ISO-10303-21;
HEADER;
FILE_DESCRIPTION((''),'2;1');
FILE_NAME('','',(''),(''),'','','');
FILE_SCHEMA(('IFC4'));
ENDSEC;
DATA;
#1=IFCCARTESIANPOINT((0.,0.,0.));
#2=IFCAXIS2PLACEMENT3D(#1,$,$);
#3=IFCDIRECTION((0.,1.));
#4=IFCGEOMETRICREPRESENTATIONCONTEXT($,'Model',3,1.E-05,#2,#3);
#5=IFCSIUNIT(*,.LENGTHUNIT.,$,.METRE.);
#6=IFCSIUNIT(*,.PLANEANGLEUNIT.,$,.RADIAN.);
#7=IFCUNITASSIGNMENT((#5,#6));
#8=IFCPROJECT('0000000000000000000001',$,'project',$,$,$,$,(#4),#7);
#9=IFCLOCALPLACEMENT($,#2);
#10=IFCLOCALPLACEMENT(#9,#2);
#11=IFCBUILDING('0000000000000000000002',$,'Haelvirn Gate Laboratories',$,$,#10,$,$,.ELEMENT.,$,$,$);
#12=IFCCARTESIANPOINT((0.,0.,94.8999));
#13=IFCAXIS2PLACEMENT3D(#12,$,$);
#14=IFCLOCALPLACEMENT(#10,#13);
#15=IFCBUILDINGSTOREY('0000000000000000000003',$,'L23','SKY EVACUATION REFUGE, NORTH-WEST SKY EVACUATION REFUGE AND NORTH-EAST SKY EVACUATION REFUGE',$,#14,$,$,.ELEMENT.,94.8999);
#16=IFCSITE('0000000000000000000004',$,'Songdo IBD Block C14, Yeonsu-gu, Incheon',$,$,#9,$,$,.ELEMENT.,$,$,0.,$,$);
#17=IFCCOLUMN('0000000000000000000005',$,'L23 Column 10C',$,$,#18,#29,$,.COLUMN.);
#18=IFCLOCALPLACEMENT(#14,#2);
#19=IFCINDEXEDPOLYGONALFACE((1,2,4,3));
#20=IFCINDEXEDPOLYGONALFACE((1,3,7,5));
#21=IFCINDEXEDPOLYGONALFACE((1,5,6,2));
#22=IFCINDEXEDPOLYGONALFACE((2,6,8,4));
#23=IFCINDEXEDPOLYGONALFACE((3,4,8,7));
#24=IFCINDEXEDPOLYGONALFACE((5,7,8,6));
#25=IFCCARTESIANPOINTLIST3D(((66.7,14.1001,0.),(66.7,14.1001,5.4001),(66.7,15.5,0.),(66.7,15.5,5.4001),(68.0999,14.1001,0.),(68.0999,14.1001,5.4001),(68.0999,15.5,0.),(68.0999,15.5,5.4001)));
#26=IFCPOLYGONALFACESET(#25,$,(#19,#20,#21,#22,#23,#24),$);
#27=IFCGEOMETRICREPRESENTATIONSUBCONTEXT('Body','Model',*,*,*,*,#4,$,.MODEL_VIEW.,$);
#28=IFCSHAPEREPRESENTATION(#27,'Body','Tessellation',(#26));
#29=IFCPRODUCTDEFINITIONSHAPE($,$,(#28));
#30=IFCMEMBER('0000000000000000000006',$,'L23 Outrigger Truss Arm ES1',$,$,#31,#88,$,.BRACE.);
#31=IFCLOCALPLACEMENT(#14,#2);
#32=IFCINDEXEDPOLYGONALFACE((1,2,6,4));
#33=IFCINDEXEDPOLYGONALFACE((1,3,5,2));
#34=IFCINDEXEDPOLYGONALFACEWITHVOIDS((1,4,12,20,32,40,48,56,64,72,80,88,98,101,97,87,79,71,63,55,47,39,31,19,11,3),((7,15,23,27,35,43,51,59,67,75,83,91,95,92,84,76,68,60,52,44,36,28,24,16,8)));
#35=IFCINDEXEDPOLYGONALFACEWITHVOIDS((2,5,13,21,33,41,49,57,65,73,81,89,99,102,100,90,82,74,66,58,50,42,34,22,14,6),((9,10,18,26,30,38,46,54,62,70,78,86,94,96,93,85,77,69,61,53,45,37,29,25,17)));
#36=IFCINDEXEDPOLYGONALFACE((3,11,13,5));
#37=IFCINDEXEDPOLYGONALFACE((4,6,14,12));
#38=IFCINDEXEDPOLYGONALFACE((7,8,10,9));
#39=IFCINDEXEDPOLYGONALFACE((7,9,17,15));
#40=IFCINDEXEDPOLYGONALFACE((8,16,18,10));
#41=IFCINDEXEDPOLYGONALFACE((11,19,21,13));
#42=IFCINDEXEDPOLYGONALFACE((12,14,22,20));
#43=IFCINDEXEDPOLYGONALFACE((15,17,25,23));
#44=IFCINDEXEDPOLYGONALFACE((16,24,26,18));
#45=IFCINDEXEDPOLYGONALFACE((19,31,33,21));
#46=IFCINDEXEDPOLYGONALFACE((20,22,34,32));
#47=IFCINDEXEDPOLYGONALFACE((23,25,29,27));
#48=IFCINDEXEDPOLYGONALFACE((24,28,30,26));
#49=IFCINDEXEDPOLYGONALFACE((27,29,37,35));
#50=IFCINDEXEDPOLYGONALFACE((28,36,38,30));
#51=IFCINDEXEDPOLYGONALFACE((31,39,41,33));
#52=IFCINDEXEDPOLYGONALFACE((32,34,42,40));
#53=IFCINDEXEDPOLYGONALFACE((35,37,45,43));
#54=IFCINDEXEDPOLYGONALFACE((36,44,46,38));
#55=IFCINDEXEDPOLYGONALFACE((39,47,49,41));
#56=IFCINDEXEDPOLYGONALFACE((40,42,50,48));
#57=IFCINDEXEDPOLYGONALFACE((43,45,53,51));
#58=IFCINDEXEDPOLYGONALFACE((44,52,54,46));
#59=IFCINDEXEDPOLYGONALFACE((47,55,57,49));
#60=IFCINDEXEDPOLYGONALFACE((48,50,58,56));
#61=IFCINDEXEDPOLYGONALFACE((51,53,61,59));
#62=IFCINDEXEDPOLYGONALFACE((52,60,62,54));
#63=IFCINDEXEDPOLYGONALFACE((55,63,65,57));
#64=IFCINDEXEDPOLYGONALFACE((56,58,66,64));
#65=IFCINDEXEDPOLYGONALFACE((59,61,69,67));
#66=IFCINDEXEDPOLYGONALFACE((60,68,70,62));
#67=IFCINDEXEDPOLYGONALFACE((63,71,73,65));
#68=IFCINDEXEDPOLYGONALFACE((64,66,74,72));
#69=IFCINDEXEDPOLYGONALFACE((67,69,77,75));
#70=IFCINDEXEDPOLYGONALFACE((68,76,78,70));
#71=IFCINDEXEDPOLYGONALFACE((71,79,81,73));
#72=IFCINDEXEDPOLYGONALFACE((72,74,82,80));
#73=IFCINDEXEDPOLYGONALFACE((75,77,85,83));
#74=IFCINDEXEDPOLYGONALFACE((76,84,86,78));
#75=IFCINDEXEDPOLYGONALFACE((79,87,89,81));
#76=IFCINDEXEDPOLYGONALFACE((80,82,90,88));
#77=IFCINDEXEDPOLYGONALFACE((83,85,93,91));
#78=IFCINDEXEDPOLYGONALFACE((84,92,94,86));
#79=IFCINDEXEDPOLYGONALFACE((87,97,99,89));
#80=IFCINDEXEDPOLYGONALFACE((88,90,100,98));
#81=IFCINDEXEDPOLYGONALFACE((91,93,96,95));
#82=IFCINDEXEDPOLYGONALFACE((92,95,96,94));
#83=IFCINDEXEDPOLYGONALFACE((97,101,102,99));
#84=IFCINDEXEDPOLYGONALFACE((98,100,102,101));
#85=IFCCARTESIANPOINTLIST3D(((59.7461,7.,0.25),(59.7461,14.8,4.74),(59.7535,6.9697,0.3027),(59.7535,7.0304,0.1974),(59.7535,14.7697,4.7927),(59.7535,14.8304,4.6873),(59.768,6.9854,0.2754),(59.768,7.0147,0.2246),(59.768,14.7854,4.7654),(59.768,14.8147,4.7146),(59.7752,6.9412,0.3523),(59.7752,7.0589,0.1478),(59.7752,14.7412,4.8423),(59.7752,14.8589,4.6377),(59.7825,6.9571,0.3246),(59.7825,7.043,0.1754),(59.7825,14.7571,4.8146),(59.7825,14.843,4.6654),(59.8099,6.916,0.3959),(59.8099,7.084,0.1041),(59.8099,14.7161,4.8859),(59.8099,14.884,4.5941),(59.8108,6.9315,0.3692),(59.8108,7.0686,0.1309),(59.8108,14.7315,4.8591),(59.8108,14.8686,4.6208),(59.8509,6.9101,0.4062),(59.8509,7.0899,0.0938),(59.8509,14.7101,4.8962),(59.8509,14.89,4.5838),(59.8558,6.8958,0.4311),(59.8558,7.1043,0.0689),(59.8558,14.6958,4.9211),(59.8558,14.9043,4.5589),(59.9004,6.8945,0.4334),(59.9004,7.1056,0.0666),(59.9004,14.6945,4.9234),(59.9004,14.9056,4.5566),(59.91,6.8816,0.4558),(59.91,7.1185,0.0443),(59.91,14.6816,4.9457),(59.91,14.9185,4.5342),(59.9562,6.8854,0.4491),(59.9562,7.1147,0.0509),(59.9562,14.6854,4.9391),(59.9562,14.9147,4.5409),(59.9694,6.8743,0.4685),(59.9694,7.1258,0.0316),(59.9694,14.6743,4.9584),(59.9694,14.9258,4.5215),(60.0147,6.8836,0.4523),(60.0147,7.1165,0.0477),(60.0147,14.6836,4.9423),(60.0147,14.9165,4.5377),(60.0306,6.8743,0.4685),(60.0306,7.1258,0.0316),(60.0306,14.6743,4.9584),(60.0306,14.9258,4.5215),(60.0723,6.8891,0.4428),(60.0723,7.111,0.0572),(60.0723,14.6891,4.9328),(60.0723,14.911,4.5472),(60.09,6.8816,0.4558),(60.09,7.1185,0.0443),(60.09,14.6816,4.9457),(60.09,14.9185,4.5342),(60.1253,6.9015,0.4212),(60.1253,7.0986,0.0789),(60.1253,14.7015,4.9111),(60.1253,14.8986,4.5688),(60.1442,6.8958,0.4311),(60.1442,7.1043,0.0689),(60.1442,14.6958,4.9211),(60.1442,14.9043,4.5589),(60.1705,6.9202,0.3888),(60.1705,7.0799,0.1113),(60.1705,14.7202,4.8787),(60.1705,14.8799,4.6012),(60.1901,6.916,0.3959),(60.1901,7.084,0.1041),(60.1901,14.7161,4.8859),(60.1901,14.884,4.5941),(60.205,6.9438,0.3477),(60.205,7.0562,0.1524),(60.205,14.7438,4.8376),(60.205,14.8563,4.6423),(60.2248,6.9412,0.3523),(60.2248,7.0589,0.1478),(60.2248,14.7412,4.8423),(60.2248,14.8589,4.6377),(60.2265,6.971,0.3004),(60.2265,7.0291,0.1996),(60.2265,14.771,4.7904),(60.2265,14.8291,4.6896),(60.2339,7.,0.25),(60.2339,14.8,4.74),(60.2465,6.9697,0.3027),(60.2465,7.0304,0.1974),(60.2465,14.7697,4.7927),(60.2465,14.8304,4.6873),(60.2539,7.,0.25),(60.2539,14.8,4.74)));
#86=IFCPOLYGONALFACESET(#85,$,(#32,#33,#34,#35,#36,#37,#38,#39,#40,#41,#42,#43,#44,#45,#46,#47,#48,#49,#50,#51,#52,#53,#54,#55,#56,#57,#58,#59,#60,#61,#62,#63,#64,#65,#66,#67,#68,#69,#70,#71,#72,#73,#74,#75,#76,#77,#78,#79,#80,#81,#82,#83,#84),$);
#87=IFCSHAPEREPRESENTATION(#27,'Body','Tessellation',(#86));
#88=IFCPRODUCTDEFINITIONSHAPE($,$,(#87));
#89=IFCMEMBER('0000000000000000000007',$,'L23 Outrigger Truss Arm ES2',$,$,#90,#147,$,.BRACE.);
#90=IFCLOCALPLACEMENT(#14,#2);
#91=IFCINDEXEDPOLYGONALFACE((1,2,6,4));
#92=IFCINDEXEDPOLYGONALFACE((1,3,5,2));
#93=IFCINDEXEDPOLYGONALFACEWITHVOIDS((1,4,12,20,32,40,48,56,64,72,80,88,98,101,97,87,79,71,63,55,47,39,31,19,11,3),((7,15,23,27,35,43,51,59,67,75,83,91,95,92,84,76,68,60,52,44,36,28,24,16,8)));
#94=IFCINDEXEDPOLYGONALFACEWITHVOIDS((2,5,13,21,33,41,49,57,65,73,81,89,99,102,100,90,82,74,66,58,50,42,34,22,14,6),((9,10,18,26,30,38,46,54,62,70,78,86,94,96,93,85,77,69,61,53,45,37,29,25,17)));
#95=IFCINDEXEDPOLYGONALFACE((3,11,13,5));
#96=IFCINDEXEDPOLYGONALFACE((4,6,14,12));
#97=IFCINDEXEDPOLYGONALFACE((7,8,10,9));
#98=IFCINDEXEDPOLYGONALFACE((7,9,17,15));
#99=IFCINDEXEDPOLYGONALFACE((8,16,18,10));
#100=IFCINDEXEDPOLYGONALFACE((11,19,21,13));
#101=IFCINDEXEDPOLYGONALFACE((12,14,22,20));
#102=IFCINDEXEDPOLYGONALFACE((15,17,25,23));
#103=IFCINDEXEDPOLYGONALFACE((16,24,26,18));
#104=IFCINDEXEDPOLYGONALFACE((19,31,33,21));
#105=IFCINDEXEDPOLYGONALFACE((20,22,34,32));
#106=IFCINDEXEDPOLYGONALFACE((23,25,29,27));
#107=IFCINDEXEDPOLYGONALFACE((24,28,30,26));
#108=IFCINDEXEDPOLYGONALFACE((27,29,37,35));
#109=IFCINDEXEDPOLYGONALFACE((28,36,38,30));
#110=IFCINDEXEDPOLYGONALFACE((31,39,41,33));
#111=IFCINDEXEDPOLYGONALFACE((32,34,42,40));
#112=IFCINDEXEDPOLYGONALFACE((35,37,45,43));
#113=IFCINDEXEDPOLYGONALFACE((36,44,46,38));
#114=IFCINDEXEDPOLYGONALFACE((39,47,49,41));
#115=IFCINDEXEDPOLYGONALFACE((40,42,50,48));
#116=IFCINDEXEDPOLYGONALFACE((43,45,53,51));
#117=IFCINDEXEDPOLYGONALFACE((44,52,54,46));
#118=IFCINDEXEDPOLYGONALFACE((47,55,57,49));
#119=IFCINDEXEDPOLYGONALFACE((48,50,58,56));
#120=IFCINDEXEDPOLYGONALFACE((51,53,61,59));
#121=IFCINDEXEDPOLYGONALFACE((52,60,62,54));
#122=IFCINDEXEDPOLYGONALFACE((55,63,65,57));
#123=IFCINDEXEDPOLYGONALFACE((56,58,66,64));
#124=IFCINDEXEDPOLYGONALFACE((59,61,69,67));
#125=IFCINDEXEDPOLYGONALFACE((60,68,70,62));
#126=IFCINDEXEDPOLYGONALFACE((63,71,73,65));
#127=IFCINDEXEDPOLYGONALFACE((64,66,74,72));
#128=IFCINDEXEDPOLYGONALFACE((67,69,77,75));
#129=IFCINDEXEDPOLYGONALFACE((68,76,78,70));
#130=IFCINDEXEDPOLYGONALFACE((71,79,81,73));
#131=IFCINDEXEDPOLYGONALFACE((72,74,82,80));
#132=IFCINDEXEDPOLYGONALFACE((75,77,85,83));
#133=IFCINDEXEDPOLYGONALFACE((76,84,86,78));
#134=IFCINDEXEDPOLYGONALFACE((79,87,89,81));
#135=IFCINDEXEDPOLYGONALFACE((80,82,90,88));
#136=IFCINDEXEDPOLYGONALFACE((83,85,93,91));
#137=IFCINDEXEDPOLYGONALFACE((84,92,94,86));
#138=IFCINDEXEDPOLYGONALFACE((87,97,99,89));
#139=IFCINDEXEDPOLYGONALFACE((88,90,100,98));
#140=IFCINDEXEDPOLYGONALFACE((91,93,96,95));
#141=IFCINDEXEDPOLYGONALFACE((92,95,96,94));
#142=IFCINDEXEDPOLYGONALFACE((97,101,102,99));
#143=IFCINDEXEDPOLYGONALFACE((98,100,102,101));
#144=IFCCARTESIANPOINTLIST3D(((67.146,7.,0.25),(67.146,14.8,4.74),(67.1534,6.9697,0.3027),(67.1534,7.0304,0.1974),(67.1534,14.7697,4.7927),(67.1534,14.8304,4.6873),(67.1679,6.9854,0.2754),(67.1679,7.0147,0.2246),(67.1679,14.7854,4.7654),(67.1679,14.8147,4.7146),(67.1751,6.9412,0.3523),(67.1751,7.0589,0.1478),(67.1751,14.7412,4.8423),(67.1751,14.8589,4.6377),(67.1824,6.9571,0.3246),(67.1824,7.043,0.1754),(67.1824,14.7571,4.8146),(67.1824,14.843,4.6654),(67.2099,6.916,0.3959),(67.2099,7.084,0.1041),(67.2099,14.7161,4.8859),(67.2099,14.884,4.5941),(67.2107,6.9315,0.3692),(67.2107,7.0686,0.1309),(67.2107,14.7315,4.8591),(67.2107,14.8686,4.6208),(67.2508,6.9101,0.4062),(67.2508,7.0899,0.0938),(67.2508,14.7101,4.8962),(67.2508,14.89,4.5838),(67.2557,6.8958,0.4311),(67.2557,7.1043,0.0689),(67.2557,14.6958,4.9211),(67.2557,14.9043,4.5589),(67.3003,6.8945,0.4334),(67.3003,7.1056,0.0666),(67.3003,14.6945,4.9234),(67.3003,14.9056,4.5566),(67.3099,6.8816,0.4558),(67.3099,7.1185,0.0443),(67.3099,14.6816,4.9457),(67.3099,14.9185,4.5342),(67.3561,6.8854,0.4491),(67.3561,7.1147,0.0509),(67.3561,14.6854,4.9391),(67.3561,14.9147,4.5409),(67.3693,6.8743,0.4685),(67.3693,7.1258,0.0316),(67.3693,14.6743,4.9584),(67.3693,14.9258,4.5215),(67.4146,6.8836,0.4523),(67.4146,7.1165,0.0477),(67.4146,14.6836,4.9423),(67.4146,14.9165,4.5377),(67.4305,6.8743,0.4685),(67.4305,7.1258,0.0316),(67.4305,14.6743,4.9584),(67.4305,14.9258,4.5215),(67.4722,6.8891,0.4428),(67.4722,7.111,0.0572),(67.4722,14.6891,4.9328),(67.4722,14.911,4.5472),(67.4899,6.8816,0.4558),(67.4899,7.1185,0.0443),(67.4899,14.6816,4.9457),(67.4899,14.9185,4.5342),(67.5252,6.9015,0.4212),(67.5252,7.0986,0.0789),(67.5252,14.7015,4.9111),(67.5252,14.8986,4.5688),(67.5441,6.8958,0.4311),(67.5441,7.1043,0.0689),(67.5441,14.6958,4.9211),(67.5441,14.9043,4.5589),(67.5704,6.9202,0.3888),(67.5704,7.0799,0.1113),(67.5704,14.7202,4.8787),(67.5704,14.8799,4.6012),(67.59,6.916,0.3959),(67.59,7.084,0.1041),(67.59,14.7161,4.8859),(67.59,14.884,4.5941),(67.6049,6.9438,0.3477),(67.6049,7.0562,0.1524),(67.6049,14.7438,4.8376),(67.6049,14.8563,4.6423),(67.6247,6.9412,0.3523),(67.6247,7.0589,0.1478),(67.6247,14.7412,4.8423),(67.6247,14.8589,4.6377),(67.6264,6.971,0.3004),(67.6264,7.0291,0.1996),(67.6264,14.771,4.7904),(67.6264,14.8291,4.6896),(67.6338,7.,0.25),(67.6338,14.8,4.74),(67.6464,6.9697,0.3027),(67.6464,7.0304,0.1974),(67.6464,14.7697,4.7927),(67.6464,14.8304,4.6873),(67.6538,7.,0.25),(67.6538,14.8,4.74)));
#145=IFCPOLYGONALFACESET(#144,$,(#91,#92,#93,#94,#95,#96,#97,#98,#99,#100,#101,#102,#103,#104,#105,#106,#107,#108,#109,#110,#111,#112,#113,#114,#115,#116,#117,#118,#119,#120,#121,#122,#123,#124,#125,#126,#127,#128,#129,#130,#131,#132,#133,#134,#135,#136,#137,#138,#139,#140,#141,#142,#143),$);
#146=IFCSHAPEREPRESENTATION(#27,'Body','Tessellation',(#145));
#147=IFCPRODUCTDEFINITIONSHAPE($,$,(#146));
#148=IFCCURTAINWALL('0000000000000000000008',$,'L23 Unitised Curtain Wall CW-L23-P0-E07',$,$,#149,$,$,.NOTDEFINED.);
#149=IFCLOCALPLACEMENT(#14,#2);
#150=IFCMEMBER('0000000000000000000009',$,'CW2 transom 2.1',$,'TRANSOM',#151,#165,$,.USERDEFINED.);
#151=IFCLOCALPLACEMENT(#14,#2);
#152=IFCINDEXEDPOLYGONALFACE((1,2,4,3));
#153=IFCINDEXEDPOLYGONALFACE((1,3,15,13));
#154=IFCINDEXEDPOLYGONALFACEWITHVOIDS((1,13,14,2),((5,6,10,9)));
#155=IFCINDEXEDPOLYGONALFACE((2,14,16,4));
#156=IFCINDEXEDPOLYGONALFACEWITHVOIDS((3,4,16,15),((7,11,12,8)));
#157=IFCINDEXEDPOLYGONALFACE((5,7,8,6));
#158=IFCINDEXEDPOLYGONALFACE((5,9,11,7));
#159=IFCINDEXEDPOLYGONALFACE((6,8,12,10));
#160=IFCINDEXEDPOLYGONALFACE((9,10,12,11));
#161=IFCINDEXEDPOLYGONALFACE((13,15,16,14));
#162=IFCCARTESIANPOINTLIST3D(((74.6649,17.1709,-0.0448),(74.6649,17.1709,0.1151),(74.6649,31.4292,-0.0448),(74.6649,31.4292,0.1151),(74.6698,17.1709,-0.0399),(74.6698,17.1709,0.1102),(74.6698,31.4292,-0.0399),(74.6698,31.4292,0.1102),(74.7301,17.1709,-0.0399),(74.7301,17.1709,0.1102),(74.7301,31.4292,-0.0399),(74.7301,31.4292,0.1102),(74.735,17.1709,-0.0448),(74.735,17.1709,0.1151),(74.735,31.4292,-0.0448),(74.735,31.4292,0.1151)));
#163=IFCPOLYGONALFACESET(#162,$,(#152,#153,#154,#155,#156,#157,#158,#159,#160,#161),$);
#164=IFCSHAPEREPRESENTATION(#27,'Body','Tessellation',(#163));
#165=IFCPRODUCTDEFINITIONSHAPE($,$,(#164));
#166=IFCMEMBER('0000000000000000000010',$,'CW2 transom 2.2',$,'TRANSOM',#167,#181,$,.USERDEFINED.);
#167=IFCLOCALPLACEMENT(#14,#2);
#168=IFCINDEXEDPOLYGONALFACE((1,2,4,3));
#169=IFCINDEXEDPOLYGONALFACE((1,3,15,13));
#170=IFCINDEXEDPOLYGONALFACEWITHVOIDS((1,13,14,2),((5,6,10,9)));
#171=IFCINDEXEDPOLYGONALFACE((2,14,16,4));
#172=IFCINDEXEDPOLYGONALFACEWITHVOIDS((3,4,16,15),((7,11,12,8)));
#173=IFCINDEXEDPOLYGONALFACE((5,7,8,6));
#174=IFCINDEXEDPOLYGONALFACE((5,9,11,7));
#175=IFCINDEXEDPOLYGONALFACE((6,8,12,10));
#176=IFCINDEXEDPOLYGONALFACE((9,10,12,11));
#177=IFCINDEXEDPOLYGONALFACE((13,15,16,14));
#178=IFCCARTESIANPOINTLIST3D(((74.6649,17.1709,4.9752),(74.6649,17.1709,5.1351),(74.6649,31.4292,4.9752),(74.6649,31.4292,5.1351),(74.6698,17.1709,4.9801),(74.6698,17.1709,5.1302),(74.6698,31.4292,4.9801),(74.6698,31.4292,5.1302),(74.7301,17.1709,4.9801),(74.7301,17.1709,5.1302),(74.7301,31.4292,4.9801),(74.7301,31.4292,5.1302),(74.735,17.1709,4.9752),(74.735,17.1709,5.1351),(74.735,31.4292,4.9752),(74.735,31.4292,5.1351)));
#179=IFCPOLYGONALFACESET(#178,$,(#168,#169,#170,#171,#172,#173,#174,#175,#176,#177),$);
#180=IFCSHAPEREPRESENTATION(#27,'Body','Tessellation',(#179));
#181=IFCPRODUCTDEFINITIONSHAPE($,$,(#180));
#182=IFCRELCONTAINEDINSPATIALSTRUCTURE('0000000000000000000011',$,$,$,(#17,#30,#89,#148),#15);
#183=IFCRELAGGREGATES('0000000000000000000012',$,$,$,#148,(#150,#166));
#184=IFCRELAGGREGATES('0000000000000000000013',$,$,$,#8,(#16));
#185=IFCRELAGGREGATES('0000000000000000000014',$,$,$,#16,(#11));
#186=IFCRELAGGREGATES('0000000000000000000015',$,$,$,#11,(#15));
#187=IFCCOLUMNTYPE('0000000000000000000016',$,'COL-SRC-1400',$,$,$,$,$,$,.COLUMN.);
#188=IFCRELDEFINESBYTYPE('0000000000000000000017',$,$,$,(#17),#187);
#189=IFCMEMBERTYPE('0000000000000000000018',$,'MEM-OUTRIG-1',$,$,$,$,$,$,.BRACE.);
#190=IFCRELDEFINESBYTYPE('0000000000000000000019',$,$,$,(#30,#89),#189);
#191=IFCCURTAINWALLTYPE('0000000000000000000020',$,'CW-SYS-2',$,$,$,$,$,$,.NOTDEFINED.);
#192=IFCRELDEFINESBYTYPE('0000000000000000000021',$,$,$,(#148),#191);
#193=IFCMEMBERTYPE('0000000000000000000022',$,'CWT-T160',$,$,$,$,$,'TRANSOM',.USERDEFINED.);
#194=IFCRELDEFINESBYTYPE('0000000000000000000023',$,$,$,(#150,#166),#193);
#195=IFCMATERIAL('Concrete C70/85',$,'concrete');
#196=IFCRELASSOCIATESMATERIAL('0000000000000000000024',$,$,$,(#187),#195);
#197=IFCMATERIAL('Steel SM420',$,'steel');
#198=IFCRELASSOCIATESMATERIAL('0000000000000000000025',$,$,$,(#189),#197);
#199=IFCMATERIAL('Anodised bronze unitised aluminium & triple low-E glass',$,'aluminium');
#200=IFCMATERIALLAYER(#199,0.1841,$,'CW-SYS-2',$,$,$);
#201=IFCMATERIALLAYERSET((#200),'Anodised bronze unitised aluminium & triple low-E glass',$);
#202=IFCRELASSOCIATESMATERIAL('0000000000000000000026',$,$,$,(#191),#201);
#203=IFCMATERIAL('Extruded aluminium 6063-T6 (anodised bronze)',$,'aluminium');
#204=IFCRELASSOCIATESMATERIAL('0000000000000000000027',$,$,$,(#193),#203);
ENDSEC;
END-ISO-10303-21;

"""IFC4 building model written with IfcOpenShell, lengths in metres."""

from ifc_helpers import new_model, si_unit, direction, frame, origin, origin_2d, place, context, subcontext, project, spatial, rectangle, hollow_rectangle, hollow_circle, extrude, source, transform, mapped, material, layer, layer_set, material_profile, profile_set, type_object, type_shapes, element, aggregate, save


model = new_model("IFC4")

# Units and contexts
model_context = context("Model", 3, precision=1e-05, world=origin(), true_north=direction((0.0, 1.0)))
body_context = subcontext(model_context, "Body", "Model", "MODEL_VIEW")
ifc_project = project(units=[si_unit("LENGTHUNIT", "METRE"), si_unit("PLANEANGLEUNIT", "RADIAN")], contexts=[model_context])

# Site, building, storey
site_placement = place(None, origin())
site = spatial("IfcSite", under=ifc_project, at=site_placement, Name="Songdo IBD Block C14, Yeonsu-gu, Incheon", CompositionType="ELEMENT", RefElevation=0.0)
building_placement = place(site_placement, origin())
building = spatial("IfcBuilding", under=site, at=building_placement, Name="Haelvirn Gate Laboratories", CompositionType="ELEMENT")
storey_placement = place(building_placement, frame((0.0, 0.0, 94.8999)))
storey = spatial("IfcBuildingStorey", under=building, at=storey_placement, Name="L23", Description="SKY EVACUATION REFUGE, NORTH-WEST SKY EVACUATION REFUGE AND NORTH-EAST SKY EVACUATION REFUGE", CompositionType="ELEMENT", Elevation=94.8999)

# Column
ifc_material_1 = material(Name="Concrete C70/85", Category="concrete")
ifc_material_profile_1 = material_profile(ifc_material_1, rectangle(XDim=1.3999, YDim=1.3999, at=origin_2d()), Name="SRC-1400x1400")
ifc_profile_set_1 = profile_set([ifc_material_profile_1], Name="Concrete C70/85")
column_type = type_object("IfcColumnType", Name="COL-SRC-1400", PredefinedType="COLUMN", material=ifc_profile_set_1)
shared_shape_1 = source(origin(), body_context, "Body", "SweptSolid", [
    extrude(rectangle(XDim=1.3999, YDim=1.3999, at=origin_2d()), origin(), (0.0, 0.0, 1.0), 5.4001),
])
type_shapes(column_type, [shared_shape_1])
column_placement = place(storey_placement, frame((67.3999, 14.8, 0.0), z_axis=(0.0, 0.0, 1.0), x_axis=(1.0, 0.0, 0.0)))
element("IfcColumn", 1, at=column_placement, inside=storey, type_object=column_type, Name="L23 Column 10C", PredefinedType="COLUMN", context=body_context, shape_type="MappedRepresentation", body=[
    mapped(shared_shape_1, transform((0.0, 0.0, 0.0), scale=1.0)),
])

# Members
ifc_material_2 = material(Name="Steel SM420", Category="steel")
ifc_material_profile_2 = material_profile(ifc_material_2, hollow_circle(Radius=0.2539, WallThickness=0.02, at=origin_2d()), Name="CHS-508x20")
ifc_profile_set_2 = profile_set([ifc_material_profile_2], Name="Steel SM420")
member_type_1 = type_object("IfcMemberType", Name="MEM-OUTRIG-1", PredefinedType="BRACE", material=ifc_profile_set_2)
shared_shape_2 = source(origin(), body_context, "Body", "SweptSolid", [
    extrude(hollow_circle(Radius=0.2539, WallThickness=0.02, at=origin_2d()), origin(), (0.0, 0.0, 1.0), 9.0),
])
type_shapes(member_type_1, [shared_shape_2])
for number, where, z_axis, x_axis, name in (
    (2, (60.0, 14.8, 4.74), (0.0, -0.866668, -0.498885), (1.0, 0.0, 0.0), "L23 Outrigger Truss Arm ES1"),
    (3, (67.3999, 14.8, 4.74), (0.0, -0.866668, -0.498885), (1.0, 0.0, 0.0), "L23 Outrigger Truss Arm ES2"),
):
    element("IfcMember", number, at=place(storey_placement, frame(where, z_axis=z_axis, x_axis=x_axis)), inside=storey, type_object=member_type_1, Name=name, PredefinedType="BRACE", context=body_context, shape_type="MappedRepresentation", body=[
        mapped(shared_shape_2, transform((0.0, 0.0, 0.0), scale=1.0)),
    ])

# Curtain wall, members
ifc_material_3 = material(Name="Anodised bronze unitised aluminium & triple low-E glass", Category="aluminium")
ifc_layer_1 = layer(ifc_material_3, 0.1841, Name="CW-SYS-2")
ifc_layer_set_1 = layer_set([ifc_layer_1], Name="Anodised bronze unitised aluminium & triple low-E glass")
curtain_wall_type = type_object("IfcCurtainWallType", Name="CW-SYS-2", PredefinedType="NOTDEFINED", material=ifc_layer_set_1)
curtain_wall_placement = place(storey_placement, origin())
curtain_wall = element("IfcCurtainWall", 4, at=curtain_wall_placement, inside=storey, type_object=curtain_wall_type, Name="L23 Unitised Curtain Wall CW-L23-P0-E07", PredefinedType="NOTDEFINED")
ifc_material_4 = material(Name="Extruded aluminium 6063-T6 (anodised bronze)", Category="aluminium")
ifc_material_profile_3 = material_profile(ifc_material_4, hollow_rectangle(XDim=0.0701, YDim=0.1599, WallThickness=0.0049, at=origin_2d()), Name="CWT-160x70x5")
ifc_profile_set_3 = profile_set([ifc_material_profile_3], Name="Extruded aluminium 6063-T6 (anodised bronze)")
member_type_2 = type_object("IfcMemberType", Name="CWT-T160", ElementType="TRANSOM", PredefinedType="USERDEFINED", material=ifc_profile_set_3)
shared_shape_3 = source(origin(), body_context, "Body", "SweptSolid", [
    extrude(hollow_rectangle(XDim=0.0701, YDim=0.1599, WallThickness=0.0049, at=origin_2d()), origin(), (0.0, 0.0, 1.0), 14.2583),
])
type_shapes(member_type_2, [shared_shape_3])
member_1_placement = place(storey_placement, frame((74.7, 17.1709, 0.0352), z_axis=(0.0, 1.0, 0.0), x_axis=(-1.0, 0.0, 0.0)))
member_1 = element("IfcMember", 5, at=member_1_placement, type_object=member_type_2, Name="CW2 transom 2.1", ObjectType="TRANSOM", PredefinedType="USERDEFINED", context=body_context, shape_type="MappedRepresentation", body=[
    mapped(shared_shape_3, transform((0.0, 0.0, 0.0), scale=1.0)),
])
member_2_placement = place(storey_placement, frame((74.7, 17.1709, 5.0552), z_axis=(0.0, 1.0, 0.0), x_axis=(-1.0, 0.0, 0.0)))
member_2 = element("IfcMember", 6, at=member_2_placement, type_object=member_type_2, Name="CW2 transom 2.2", ObjectType="TRANSOM", PredefinedType="USERDEFINED", context=body_context, shape_type="MappedRepresentation", body=[
    mapped(shared_shape_3, transform((0.0, 0.0, 0.0), scale=1.0)),
])

aggregate(curtain_wall, [member_1, member_2])

save(model, "model.ifc")
